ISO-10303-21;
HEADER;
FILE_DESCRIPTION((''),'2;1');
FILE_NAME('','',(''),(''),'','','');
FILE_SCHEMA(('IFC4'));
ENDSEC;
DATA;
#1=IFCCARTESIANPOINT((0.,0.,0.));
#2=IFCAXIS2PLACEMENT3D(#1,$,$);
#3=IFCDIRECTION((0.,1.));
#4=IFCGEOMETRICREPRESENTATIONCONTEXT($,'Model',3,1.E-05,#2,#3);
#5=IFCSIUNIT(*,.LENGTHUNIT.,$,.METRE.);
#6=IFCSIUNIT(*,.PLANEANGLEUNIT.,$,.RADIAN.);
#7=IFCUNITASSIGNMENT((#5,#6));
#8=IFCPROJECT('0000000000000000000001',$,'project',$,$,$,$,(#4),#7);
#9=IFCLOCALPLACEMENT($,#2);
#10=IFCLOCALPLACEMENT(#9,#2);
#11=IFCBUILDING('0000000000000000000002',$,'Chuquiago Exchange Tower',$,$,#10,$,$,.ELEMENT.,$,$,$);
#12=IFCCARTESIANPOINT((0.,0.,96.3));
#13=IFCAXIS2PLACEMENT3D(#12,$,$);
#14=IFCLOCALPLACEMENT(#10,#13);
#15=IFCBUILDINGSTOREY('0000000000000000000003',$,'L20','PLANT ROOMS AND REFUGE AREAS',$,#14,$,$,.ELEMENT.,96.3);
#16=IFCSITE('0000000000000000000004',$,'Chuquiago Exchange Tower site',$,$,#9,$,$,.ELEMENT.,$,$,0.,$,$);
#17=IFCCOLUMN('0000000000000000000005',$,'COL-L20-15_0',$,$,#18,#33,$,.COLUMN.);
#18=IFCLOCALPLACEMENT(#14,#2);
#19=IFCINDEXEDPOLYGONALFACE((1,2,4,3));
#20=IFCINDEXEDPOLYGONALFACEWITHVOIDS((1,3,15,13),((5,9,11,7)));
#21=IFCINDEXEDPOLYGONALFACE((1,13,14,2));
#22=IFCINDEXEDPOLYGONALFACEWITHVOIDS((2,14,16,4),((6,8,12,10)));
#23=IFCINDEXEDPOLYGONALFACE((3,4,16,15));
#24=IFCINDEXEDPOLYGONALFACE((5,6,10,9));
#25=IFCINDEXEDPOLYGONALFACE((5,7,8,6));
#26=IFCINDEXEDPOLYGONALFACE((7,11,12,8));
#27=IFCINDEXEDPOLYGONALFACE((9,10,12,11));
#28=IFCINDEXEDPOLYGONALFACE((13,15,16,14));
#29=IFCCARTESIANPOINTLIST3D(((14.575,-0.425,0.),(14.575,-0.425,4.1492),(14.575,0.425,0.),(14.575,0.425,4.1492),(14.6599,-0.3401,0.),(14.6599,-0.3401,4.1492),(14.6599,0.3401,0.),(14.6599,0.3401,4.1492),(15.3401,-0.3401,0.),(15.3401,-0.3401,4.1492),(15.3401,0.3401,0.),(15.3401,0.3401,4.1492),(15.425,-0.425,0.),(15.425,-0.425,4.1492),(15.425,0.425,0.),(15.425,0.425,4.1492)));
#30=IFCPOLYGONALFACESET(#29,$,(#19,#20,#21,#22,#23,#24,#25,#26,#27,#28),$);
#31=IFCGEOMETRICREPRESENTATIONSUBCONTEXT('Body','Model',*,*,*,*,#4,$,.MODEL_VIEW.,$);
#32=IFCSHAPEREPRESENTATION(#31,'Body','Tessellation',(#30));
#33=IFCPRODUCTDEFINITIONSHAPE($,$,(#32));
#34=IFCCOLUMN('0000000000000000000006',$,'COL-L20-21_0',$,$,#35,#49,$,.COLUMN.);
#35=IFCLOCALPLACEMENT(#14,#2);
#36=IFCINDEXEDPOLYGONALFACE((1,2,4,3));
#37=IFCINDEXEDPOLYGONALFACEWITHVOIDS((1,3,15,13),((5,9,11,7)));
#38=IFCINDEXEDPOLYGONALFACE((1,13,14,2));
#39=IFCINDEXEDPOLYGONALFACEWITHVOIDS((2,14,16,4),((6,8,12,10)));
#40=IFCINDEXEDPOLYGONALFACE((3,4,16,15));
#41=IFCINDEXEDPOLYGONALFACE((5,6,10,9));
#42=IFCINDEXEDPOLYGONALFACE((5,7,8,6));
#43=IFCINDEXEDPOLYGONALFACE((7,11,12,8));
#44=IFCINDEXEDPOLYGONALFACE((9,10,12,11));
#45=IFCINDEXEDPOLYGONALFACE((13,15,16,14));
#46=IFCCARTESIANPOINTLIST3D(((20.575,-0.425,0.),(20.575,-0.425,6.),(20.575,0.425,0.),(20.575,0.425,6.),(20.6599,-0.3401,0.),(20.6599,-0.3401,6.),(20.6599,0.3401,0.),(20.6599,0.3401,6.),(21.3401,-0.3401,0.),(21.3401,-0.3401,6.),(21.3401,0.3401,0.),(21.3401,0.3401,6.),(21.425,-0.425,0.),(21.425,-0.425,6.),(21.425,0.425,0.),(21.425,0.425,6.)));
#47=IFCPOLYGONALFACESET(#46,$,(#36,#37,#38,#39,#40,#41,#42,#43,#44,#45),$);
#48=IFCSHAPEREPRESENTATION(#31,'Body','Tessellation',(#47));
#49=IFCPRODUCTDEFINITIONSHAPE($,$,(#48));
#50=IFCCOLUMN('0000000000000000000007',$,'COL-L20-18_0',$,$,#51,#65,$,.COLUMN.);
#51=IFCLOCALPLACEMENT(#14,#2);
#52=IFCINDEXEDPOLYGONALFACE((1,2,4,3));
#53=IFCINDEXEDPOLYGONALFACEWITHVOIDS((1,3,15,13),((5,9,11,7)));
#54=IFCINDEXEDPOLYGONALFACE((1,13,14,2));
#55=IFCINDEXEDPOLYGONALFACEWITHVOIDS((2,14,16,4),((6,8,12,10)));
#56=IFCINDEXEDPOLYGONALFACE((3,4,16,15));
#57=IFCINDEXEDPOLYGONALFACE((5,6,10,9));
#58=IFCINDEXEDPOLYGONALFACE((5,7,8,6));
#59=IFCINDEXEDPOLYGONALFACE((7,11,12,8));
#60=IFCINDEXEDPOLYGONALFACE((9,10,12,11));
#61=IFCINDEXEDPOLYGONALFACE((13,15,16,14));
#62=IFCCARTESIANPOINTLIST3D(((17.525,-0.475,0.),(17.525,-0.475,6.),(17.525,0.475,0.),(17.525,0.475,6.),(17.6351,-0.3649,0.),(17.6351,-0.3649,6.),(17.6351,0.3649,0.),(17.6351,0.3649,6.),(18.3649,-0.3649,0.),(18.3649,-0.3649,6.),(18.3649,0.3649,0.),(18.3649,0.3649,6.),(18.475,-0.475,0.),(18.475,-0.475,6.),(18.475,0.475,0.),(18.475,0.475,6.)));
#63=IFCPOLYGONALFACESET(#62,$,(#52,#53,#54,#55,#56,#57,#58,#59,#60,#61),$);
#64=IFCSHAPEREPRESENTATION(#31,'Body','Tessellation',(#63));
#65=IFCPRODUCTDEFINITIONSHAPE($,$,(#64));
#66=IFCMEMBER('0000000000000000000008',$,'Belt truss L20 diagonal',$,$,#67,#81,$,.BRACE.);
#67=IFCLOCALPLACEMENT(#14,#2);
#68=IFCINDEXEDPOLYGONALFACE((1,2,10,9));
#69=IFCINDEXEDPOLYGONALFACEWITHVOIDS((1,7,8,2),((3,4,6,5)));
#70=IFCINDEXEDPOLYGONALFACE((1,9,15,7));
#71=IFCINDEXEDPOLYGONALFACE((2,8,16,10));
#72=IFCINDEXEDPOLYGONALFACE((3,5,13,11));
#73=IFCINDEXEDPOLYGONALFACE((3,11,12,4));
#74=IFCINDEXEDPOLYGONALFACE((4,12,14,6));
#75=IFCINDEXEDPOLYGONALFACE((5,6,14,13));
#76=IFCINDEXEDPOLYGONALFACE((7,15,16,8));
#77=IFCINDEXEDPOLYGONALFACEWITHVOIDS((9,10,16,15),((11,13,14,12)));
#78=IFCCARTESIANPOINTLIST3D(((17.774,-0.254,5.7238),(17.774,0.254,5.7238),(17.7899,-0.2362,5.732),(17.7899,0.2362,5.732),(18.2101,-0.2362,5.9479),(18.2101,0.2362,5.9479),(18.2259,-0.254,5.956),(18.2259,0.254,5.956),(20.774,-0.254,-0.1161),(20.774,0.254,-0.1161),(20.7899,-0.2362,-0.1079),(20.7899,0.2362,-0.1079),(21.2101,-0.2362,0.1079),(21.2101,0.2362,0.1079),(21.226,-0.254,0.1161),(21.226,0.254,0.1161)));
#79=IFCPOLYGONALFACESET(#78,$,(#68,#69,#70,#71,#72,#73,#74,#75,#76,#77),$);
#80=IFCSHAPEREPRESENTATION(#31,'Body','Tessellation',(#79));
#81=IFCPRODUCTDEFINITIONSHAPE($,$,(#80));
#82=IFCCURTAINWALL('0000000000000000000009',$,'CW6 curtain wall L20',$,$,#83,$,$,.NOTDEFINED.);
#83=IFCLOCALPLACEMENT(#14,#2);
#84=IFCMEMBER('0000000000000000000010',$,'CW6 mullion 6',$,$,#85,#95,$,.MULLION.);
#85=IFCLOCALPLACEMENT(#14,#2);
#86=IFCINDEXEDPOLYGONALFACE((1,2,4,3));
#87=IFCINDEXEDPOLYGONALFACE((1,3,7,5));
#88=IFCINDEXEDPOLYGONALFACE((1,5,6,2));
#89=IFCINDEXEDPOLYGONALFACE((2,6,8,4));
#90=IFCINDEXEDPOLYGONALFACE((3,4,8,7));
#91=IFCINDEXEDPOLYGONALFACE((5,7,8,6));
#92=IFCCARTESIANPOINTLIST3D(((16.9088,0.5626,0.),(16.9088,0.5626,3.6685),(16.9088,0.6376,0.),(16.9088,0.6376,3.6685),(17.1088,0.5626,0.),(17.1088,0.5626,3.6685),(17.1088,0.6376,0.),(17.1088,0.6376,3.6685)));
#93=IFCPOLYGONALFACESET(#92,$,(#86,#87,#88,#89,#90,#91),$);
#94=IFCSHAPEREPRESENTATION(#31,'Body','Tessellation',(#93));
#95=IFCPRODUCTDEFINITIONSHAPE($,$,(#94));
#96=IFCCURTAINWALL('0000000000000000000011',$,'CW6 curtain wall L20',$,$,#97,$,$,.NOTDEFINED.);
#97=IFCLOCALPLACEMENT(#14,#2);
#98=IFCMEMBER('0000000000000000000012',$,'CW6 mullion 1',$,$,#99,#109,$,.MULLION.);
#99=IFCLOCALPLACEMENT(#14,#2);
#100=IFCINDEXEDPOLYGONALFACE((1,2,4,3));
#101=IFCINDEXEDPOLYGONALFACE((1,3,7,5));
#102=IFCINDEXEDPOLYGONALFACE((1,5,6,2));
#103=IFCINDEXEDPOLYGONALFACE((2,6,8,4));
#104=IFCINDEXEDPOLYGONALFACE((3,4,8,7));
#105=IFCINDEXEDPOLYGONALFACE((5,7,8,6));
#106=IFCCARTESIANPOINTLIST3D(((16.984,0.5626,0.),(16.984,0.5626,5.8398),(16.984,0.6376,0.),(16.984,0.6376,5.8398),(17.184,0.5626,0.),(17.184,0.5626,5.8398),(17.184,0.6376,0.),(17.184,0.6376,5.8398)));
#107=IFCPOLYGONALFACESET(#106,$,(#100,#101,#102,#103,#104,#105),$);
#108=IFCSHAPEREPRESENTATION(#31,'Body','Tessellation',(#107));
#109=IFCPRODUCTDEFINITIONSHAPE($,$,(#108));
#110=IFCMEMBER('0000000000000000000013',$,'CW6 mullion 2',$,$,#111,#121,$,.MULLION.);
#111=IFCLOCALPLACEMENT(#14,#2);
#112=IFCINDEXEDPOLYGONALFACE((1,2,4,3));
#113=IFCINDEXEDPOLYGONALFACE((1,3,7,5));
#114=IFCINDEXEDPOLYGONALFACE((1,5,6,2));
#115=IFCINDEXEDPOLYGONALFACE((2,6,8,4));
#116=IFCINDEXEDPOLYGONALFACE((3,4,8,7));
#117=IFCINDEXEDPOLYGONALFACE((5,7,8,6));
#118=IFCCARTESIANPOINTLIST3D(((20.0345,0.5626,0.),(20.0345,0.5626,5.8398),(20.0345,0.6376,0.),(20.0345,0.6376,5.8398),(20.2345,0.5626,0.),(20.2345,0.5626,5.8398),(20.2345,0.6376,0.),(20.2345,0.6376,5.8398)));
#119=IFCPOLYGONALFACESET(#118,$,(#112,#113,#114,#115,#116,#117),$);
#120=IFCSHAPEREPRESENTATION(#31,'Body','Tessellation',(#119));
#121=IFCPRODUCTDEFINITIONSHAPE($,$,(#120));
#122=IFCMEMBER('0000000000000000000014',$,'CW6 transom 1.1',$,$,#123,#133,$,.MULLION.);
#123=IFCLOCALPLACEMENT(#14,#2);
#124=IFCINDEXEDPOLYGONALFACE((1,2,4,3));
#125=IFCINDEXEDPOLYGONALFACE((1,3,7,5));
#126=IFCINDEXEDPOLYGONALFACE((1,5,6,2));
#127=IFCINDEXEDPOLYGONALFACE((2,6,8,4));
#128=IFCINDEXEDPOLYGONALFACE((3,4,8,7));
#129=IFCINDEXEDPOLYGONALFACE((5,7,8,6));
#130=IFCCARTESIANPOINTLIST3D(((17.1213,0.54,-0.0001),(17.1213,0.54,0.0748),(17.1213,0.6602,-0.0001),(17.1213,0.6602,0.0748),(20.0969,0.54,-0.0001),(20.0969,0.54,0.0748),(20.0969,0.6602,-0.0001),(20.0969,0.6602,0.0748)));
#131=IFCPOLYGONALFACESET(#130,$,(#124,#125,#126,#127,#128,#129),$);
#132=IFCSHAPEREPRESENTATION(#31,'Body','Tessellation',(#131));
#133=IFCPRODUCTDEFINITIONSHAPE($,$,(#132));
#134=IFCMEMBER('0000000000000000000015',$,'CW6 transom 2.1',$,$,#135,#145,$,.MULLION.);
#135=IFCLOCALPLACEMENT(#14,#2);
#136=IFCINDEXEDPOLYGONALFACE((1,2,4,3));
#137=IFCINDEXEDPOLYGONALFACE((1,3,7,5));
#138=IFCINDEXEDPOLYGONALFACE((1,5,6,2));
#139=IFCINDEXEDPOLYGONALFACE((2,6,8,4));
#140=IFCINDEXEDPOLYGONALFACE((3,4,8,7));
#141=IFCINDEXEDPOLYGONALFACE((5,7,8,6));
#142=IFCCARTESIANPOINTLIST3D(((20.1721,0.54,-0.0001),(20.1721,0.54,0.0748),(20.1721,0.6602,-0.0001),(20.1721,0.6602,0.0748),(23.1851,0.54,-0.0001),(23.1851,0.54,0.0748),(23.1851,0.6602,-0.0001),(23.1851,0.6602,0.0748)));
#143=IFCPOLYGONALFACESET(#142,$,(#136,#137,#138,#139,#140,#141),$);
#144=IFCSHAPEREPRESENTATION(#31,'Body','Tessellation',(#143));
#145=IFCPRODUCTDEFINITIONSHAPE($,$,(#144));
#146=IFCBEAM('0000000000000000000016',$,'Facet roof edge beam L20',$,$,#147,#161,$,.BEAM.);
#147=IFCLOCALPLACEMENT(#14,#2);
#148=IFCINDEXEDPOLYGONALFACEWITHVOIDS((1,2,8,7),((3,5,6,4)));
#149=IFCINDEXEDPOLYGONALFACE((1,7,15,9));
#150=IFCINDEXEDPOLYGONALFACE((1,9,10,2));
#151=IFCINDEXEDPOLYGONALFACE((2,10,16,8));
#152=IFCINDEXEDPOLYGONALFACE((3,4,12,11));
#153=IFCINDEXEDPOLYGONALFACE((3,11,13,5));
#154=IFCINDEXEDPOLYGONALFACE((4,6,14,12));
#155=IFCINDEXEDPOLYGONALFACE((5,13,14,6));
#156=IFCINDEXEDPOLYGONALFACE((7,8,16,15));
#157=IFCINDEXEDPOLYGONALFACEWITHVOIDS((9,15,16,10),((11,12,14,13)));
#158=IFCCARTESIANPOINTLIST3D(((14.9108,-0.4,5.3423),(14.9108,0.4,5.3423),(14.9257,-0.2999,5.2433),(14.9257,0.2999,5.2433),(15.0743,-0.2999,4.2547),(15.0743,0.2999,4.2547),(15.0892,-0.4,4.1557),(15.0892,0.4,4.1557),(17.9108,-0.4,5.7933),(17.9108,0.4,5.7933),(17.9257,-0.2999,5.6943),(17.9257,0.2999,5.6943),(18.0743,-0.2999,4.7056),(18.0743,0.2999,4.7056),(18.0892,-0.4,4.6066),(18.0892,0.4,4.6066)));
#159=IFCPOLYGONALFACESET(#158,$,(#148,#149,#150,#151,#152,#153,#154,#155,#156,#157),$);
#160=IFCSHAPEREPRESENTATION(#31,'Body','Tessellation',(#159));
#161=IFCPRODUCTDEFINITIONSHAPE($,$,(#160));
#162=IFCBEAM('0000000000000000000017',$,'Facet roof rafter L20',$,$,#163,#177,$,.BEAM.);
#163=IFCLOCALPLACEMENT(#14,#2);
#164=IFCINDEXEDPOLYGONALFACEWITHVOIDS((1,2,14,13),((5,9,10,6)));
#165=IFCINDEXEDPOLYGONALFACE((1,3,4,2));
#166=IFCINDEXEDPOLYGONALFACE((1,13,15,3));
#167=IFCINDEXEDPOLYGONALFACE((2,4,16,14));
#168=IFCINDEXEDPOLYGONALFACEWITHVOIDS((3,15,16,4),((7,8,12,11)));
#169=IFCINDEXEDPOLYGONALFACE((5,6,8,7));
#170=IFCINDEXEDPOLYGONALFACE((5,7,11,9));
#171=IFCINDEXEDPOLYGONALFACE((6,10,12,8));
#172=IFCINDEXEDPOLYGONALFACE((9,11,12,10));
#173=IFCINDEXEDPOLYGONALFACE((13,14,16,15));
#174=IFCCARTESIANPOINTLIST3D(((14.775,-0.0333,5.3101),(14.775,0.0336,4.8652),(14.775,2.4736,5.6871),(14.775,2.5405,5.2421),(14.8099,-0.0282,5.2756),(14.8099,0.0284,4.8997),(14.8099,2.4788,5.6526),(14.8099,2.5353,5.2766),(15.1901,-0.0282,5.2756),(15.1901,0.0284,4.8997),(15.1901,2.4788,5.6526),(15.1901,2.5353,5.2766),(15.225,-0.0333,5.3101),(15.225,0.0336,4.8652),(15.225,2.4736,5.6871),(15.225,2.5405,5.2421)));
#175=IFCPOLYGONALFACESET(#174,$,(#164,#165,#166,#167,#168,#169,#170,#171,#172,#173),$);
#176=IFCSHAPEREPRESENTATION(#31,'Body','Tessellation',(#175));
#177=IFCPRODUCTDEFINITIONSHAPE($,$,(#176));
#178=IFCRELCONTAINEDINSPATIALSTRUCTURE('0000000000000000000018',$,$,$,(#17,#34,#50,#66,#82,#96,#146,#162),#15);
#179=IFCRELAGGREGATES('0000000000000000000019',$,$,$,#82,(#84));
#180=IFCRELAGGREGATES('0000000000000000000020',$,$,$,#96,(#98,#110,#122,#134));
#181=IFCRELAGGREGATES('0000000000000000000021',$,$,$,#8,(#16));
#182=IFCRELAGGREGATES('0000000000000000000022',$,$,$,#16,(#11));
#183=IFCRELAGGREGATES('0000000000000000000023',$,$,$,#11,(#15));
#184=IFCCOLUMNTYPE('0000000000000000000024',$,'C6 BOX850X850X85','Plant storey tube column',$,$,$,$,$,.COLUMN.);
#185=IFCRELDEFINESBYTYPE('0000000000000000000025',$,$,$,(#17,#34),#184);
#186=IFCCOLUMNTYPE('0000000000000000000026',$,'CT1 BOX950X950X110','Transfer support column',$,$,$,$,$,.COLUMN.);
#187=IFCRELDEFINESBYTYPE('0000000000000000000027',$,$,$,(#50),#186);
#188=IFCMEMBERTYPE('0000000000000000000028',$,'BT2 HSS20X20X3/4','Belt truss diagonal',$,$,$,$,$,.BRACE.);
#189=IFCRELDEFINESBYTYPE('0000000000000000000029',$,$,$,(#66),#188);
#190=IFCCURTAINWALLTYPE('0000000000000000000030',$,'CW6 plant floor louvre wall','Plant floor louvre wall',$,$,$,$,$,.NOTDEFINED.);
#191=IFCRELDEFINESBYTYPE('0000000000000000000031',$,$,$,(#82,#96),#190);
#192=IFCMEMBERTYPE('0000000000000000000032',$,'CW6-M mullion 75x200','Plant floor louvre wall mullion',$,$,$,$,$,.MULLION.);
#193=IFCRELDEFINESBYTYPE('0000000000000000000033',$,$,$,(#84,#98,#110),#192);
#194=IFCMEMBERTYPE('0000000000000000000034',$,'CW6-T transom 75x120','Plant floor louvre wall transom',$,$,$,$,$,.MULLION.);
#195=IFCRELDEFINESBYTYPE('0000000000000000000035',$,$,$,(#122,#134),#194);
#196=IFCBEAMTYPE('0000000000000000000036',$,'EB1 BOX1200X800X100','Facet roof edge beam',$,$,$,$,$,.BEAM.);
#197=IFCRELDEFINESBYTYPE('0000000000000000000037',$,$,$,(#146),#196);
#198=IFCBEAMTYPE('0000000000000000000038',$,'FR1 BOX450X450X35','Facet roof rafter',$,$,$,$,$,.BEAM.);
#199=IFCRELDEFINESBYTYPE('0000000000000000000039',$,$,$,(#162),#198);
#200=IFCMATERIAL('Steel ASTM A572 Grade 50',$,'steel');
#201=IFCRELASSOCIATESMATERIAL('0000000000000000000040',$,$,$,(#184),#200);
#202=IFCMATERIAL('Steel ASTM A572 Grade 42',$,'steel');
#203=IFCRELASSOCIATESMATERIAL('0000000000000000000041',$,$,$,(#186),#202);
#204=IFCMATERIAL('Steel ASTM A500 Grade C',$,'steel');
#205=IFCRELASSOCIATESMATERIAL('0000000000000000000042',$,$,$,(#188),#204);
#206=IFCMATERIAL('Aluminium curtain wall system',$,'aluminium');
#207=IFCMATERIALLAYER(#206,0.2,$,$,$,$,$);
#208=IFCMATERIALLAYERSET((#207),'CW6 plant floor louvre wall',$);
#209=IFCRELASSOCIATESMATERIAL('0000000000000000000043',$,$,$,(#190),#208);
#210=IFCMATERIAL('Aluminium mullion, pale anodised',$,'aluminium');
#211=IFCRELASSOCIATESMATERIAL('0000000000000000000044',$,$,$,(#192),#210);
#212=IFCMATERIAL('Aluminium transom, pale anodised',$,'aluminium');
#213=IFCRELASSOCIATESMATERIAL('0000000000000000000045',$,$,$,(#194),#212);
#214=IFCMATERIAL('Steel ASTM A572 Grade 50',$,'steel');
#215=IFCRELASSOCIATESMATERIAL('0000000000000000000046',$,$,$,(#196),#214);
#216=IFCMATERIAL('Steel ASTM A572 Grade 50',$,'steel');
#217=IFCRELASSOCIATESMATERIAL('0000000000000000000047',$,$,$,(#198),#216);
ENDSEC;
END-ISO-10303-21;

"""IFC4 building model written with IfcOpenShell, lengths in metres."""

from ifc_helpers import new_model, si_unit, direction, frame, origin, origin_2d, place, context, subcontext, project, spatial, rectangle, hollow_rectangle, extrude, material, layer, layer_set, material_profile, profile_set, type_object, element, aggregate, save


model = new_model("IFC4")

# Units and contexts
model_context = context("Model", 3, precision=1e-05, world=origin(), true_north=direction((0.0, 1.0)))
body_context = subcontext(model_context, "Body", "Model", "MODEL_VIEW")
ifc_project = project(units=[si_unit("LENGTHUNIT", "METRE"), si_unit("PLANEANGLEUNIT", "RADIAN")], contexts=[model_context])

# Site, building, storey
site_placement = place(None, origin())
site = spatial("IfcSite", under=ifc_project, at=site_placement, Name="Chuquiago Exchange Tower site", CompositionType="ELEMENT", RefElevation=0.0)
building_placement = place(site_placement, origin())
building = spatial("IfcBuilding", under=site, at=building_placement, Name="Chuquiago Exchange Tower", CompositionType="ELEMENT")
storey_placement = place(building_placement, frame((0.0, 0.0, 96.3)))
storey = spatial("IfcBuildingStorey", under=building, at=storey_placement, Name="L20", Description="PLANT ROOMS AND REFUGE AREAS", CompositionType="ELEMENT", Elevation=96.3)

# Columns
ifc_material_1 = material(Name="Steel ASTM A572 Grade 50", Category="steel")
ifc_material_profile_1 = material_profile(ifc_material_1, hollow_rectangle(XDim=0.8501, YDim=0.8501, WallThickness=0.085, at=origin_2d()), Name="BOX850X850X85")
ifc_profile_set_1 = profile_set([ifc_material_profile_1], Name="Steel ASTM A572 Grade 50")
column_type_1 = type_object("IfcColumnType", Name="C6 BOX850X850X85", Description="Plant storey tube column", PredefinedType="COLUMN", material=ifc_profile_set_1)
column_1_placement = place(storey_placement, frame((15.0, 0.0, 0.0), z_axis=(0.0, 0.0, 1.0), x_axis=(0.0, -1.0, 0.0)))
element("IfcColumn", 1, at=column_1_placement, inside=storey, type_object=column_type_1, Name="COL-L20-15_0", PredefinedType="COLUMN", context=body_context, shape_type="SweptSolid", body=[
    extrude(hollow_rectangle(XDim=0.8501, YDim=0.8501, WallThickness=0.085, at=origin_2d()), origin(), (0.0, 0.0, 1.0), 4.1492),
])
column_2_placement = place(storey_placement, frame((21.0, 0.0, 0.0), z_axis=(0.0, 0.0, 1.0), x_axis=(0.0, -1.0, 0.0)))
element("IfcColumn", 2, at=column_2_placement, inside=storey, type_object=column_type_1, Name="COL-L20-21_0", PredefinedType="COLUMN", context=body_context, shape_type="SweptSolid", body=[
    extrude(hollow_rectangle(XDim=0.8501, YDim=0.8501, WallThickness=0.085, at=origin_2d()), origin(), (0.0, 0.0, 1.0), 6.0),
])
ifc_material_2 = material(Name="Steel ASTM A572 Grade 42", Category="steel")
ifc_material_profile_2 = material_profile(ifc_material_2, hollow_rectangle(XDim=0.95, YDim=0.95, WallThickness=0.1101, at=origin_2d()), Name="BOX950X950X110")
ifc_profile_set_2 = profile_set([ifc_material_profile_2], Name="Steel ASTM A572 Grade 42")
column_type_2 = type_object("IfcColumnType", Name="CT1 BOX950X950X110", Description="Transfer support column", PredefinedType="COLUMN", material=ifc_profile_set_2)
column_3_placement = place(storey_placement, frame((18.0, 0.0, 0.0), z_axis=(0.0, 0.0, 1.0), x_axis=(0.0, -1.0, 0.0)))
element("IfcColumn", 3, at=column_3_placement, inside=storey, type_object=column_type_2, Name="COL-L20-18_0", PredefinedType="COLUMN", context=body_context, shape_type="SweptSolid", body=[
    extrude(hollow_rectangle(XDim=0.95, YDim=0.95, WallThickness=0.1101, at=origin_2d()), origin(), (0.0, 0.0, 1.0), 6.0),
])

# Member
ifc_material_3 = material(Name="Steel ASTM A500 Grade C", Category="steel")
ifc_material_profile_3 = material_profile(ifc_material_3, hollow_rectangle(XDim=0.5081, YDim=0.5081, WallThickness=0.0178, at=origin_2d()), Name="HSS20X20X3/4")
ifc_profile_set_3 = profile_set([ifc_material_profile_3], Name="Steel ASTM A500 Grade C")
member_type_1 = type_object("IfcMemberType", Name="BT2 HSS20X20X3/4", Description="Belt truss diagonal", PredefinedType="BRACE", material=ifc_profile_set_3)
member_1_placement = place(storey_placement, frame((21.0, 0.0, 0.0), z_axis=(-0.456945, 0.0, 0.889495), x_axis=(0.0, -1.0, 0.0)))
element("IfcMember", 4, at=member_1_placement, inside=storey, type_object=member_type_1, Name="Belt truss L20 diagonal", PredefinedType="BRACE", context=body_context, shape_type="SweptSolid", body=[
    extrude(hollow_rectangle(XDim=0.5081, YDim=0.5081, WallThickness=0.0178, at=origin_2d()), origin(), (0.0, 0.0, 1.0), 6.5654),
])

# Curtain wall, member
ifc_material_4 = material(Name="Aluminium curtain wall system", Category="aluminium")
ifc_layer_1 = layer(ifc_material_4, 0.2)
ifc_layer_set_1 = layer_set([ifc_layer_1], Name="CW6 plant floor louvre wall")
curtain_wall_type = type_object("IfcCurtainWallType", Name="CW6 plant floor louvre wall", Description="Plant floor louvre wall", PredefinedType="NOTDEFINED", material=ifc_layer_set_1)
curtain_wall_1_placement = place(storey_placement, origin())
curtain_wall_1 = element("IfcCurtainWall", 5, at=curtain_wall_1_placement, inside=storey, type_object=curtain_wall_type, Name="CW6 curtain wall L20", PredefinedType="NOTDEFINED")
ifc_material_5 = material(Name="Aluminium mullion, pale anodised", Category="aluminium")
ifc_material_profile_4 = material_profile(ifc_material_5, rectangle(XDim=0.075, YDim=0.2, at=origin_2d()), Name="AL 75x200")
ifc_profile_set_4 = profile_set([ifc_material_profile_4], Name="Aluminium mullion, pale anodised")
member_type_2 = type_object("IfcMemberType", Name="CW6-M mullion 75x200", Description="Plant floor louvre wall mullion", PredefinedType="MULLION", material=ifc_profile_set_4)
member_2_placement = place(storey_placement, frame((17.0088, 0.6001, 0.0), z_axis=(0.0, 0.0, 1.0), x_axis=(0.0, 1.0, 0.0)))
member_2 = element("IfcMember", 6, at=member_2_placement, type_object=member_type_2, Name="CW6 mullion 6", PredefinedType="MULLION", context=body_context, shape_type="SweptSolid", body=[
    extrude(rectangle(XDim=0.075, YDim=0.2, at=origin_2d()), origin(), (0.0, 0.0, 1.0), 3.6685),
])

# Curtain wall, members
curtain_wall_2_placement = place(storey_placement, origin())
curtain_wall_2 = element("IfcCurtainWall", 7, at=curtain_wall_2_placement, inside=storey, type_object=curtain_wall_type, Name="CW6 curtain wall L20", PredefinedType="NOTDEFINED")
member_3_placement = place(storey_placement, frame((17.084, 0.6001, 0.0), z_axis=(0.0, 0.0, 1.0), x_axis=(0.0, 1.0, 0.0)))
member_3 = element("IfcMember", 8, at=member_3_placement, type_object=member_type_2, Name="CW6 mullion 1", PredefinedType="MULLION", context=body_context, shape_type="SweptSolid", body=[
    extrude(rectangle(XDim=0.075, YDim=0.2, at=origin_2d()), origin(), (0.0, 0.0, 1.0), 5.8398),
])
member_4_placement = place(storey_placement, frame((20.1345, 0.6001, 0.0), z_axis=(0.0, 0.0, 1.0), x_axis=(0.0, 1.0, 0.0)))
member_4 = element("IfcMember", 9, at=member_4_placement, type_object=member_type_2, Name="CW6 mullion 2", PredefinedType="MULLION", context=body_context, shape_type="SweptSolid", body=[
    extrude(rectangle(XDim=0.075, YDim=0.2, at=origin_2d()), origin(), (0.0, 0.0, 1.0), 5.8398),
])
ifc_material_6 = material(Name="Aluminium transom, pale anodised", Category="aluminium")
ifc_material_profile_5 = material_profile(ifc_material_6, rectangle(XDim=0.1201, YDim=0.075, at=origin_2d()), Name="AL 120x75")
ifc_profile_set_5 = profile_set([ifc_material_profile_5], Name="Aluminium transom, pale anodised")
member_type_3 = type_object("IfcMemberType", Name="CW6-T transom 75x120", Description="Plant floor louvre wall transom", PredefinedType="MULLION", material=ifc_profile_set_5)
member_5_placement = place(storey_placement, frame((17.1213, 0.6001, 0.0374), z_axis=(1.0, 0.0, 0.0), x_axis=(0.0, 1.0, 0.0)))
member_5 = element("IfcMember", 10, at=member_5_placement, type_object=member_type_3, Name="CW6 transom 1.1", PredefinedType="MULLION", context=body_context, shape_type="SweptSolid", body=[
    extrude(rectangle(XDim=0.1201, YDim=0.075, at=origin_2d()), origin(), (0.0, 0.0, 1.0), 2.9756),
])
member_6_placement = place(storey_placement, frame((20.1721, 0.6001, 0.0374), z_axis=(1.0, 0.0, 0.0), x_axis=(0.0, 1.0, 0.0)))
member_6 = element("IfcMember", 11, at=member_6_placement, type_object=member_type_3, Name="CW6 transom 2.1", PredefinedType="MULLION", context=body_context, shape_type="SweptSolid", body=[
    extrude(rectangle(XDim=0.1201, YDim=0.075, at=origin_2d()), origin(), (0.0, 0.0, 1.0), 3.0129),
])

# Beams
ifc_material_7 = material(Name="Steel ASTM A572 Grade 50", Category="steel")
ifc_material_profile_6 = material_profile(ifc_material_7, hollow_rectangle(XDim=0.8, YDim=1.2, WallThickness=0.1001, at=origin_2d()), Name="BOX1200X800X100")
ifc_profile_set_6 = profile_set([ifc_material_profile_6], Name="Steel ASTM A572 Grade 50")
beam_type_1 = type_object("IfcBeamType", Name="EB1 BOX1200X800X100", Description="Facet roof edge beam", PredefinedType="BEAM", material=ifc_profile_set_6)
beam_1_placement = place(storey_placement, frame((15.0, 0.0, 4.749), z_axis=(0.988891, 0.0, 0.14864), x_axis=(0.0, 1.0, 0.0)))
element("IfcBeam", 12, at=beam_1_placement, inside=storey, type_object=beam_type_1, Name="Facet roof edge beam L20", PredefinedType="BEAM", context=body_context, shape_type="SweptSolid", body=[
    extrude(hollow_rectangle(XDim=0.8, YDim=1.2, WallThickness=0.1001, at=origin_2d()), origin(), (0.0, 0.0, 1.0), 3.0337),
])
ifc_material_8 = material(Name="Steel ASTM A572 Grade 50", Category="steel")
ifc_material_profile_7 = material_profile(ifc_material_8, hollow_rectangle(XDim=0.45, YDim=0.45, WallThickness=0.0349, at=origin_2d()), Name="BOX450X450X35")
ifc_profile_set_7 = profile_set([ifc_material_profile_7], Name="Steel ASTM A572 Grade 50")
beam_type_2 = type_object("IfcBeamType", Name="FR1 BOX450X450X35", Description="Facet roof rafter", PredefinedType="BEAM", material=ifc_profile_set_7)
beam_2_placement = place(storey_placement, frame((15.0, 2.5071, 5.4646), z_axis=(0.0, -0.988885, -0.148684), x_axis=(1.0, 0.0, 0.0)))
element("IfcBeam", 13, at=beam_2_placement, inside=storey, type_object=beam_type_2, Name="Facet roof rafter L20", PredefinedType="BEAM", context=body_context, shape_type="SweptSolid", body=[
    extrude(hollow_rectangle(XDim=0.45, YDim=0.45, WallThickness=0.0349, at=origin_2d()), origin(), (0.0, 0.0, 1.0), 2.5352),
])

aggregate(curtain_wall_1, [member_2])
aggregate(curtain_wall_2, [member_3, member_4, member_5, member_6])

save(model, "model.ifc")
